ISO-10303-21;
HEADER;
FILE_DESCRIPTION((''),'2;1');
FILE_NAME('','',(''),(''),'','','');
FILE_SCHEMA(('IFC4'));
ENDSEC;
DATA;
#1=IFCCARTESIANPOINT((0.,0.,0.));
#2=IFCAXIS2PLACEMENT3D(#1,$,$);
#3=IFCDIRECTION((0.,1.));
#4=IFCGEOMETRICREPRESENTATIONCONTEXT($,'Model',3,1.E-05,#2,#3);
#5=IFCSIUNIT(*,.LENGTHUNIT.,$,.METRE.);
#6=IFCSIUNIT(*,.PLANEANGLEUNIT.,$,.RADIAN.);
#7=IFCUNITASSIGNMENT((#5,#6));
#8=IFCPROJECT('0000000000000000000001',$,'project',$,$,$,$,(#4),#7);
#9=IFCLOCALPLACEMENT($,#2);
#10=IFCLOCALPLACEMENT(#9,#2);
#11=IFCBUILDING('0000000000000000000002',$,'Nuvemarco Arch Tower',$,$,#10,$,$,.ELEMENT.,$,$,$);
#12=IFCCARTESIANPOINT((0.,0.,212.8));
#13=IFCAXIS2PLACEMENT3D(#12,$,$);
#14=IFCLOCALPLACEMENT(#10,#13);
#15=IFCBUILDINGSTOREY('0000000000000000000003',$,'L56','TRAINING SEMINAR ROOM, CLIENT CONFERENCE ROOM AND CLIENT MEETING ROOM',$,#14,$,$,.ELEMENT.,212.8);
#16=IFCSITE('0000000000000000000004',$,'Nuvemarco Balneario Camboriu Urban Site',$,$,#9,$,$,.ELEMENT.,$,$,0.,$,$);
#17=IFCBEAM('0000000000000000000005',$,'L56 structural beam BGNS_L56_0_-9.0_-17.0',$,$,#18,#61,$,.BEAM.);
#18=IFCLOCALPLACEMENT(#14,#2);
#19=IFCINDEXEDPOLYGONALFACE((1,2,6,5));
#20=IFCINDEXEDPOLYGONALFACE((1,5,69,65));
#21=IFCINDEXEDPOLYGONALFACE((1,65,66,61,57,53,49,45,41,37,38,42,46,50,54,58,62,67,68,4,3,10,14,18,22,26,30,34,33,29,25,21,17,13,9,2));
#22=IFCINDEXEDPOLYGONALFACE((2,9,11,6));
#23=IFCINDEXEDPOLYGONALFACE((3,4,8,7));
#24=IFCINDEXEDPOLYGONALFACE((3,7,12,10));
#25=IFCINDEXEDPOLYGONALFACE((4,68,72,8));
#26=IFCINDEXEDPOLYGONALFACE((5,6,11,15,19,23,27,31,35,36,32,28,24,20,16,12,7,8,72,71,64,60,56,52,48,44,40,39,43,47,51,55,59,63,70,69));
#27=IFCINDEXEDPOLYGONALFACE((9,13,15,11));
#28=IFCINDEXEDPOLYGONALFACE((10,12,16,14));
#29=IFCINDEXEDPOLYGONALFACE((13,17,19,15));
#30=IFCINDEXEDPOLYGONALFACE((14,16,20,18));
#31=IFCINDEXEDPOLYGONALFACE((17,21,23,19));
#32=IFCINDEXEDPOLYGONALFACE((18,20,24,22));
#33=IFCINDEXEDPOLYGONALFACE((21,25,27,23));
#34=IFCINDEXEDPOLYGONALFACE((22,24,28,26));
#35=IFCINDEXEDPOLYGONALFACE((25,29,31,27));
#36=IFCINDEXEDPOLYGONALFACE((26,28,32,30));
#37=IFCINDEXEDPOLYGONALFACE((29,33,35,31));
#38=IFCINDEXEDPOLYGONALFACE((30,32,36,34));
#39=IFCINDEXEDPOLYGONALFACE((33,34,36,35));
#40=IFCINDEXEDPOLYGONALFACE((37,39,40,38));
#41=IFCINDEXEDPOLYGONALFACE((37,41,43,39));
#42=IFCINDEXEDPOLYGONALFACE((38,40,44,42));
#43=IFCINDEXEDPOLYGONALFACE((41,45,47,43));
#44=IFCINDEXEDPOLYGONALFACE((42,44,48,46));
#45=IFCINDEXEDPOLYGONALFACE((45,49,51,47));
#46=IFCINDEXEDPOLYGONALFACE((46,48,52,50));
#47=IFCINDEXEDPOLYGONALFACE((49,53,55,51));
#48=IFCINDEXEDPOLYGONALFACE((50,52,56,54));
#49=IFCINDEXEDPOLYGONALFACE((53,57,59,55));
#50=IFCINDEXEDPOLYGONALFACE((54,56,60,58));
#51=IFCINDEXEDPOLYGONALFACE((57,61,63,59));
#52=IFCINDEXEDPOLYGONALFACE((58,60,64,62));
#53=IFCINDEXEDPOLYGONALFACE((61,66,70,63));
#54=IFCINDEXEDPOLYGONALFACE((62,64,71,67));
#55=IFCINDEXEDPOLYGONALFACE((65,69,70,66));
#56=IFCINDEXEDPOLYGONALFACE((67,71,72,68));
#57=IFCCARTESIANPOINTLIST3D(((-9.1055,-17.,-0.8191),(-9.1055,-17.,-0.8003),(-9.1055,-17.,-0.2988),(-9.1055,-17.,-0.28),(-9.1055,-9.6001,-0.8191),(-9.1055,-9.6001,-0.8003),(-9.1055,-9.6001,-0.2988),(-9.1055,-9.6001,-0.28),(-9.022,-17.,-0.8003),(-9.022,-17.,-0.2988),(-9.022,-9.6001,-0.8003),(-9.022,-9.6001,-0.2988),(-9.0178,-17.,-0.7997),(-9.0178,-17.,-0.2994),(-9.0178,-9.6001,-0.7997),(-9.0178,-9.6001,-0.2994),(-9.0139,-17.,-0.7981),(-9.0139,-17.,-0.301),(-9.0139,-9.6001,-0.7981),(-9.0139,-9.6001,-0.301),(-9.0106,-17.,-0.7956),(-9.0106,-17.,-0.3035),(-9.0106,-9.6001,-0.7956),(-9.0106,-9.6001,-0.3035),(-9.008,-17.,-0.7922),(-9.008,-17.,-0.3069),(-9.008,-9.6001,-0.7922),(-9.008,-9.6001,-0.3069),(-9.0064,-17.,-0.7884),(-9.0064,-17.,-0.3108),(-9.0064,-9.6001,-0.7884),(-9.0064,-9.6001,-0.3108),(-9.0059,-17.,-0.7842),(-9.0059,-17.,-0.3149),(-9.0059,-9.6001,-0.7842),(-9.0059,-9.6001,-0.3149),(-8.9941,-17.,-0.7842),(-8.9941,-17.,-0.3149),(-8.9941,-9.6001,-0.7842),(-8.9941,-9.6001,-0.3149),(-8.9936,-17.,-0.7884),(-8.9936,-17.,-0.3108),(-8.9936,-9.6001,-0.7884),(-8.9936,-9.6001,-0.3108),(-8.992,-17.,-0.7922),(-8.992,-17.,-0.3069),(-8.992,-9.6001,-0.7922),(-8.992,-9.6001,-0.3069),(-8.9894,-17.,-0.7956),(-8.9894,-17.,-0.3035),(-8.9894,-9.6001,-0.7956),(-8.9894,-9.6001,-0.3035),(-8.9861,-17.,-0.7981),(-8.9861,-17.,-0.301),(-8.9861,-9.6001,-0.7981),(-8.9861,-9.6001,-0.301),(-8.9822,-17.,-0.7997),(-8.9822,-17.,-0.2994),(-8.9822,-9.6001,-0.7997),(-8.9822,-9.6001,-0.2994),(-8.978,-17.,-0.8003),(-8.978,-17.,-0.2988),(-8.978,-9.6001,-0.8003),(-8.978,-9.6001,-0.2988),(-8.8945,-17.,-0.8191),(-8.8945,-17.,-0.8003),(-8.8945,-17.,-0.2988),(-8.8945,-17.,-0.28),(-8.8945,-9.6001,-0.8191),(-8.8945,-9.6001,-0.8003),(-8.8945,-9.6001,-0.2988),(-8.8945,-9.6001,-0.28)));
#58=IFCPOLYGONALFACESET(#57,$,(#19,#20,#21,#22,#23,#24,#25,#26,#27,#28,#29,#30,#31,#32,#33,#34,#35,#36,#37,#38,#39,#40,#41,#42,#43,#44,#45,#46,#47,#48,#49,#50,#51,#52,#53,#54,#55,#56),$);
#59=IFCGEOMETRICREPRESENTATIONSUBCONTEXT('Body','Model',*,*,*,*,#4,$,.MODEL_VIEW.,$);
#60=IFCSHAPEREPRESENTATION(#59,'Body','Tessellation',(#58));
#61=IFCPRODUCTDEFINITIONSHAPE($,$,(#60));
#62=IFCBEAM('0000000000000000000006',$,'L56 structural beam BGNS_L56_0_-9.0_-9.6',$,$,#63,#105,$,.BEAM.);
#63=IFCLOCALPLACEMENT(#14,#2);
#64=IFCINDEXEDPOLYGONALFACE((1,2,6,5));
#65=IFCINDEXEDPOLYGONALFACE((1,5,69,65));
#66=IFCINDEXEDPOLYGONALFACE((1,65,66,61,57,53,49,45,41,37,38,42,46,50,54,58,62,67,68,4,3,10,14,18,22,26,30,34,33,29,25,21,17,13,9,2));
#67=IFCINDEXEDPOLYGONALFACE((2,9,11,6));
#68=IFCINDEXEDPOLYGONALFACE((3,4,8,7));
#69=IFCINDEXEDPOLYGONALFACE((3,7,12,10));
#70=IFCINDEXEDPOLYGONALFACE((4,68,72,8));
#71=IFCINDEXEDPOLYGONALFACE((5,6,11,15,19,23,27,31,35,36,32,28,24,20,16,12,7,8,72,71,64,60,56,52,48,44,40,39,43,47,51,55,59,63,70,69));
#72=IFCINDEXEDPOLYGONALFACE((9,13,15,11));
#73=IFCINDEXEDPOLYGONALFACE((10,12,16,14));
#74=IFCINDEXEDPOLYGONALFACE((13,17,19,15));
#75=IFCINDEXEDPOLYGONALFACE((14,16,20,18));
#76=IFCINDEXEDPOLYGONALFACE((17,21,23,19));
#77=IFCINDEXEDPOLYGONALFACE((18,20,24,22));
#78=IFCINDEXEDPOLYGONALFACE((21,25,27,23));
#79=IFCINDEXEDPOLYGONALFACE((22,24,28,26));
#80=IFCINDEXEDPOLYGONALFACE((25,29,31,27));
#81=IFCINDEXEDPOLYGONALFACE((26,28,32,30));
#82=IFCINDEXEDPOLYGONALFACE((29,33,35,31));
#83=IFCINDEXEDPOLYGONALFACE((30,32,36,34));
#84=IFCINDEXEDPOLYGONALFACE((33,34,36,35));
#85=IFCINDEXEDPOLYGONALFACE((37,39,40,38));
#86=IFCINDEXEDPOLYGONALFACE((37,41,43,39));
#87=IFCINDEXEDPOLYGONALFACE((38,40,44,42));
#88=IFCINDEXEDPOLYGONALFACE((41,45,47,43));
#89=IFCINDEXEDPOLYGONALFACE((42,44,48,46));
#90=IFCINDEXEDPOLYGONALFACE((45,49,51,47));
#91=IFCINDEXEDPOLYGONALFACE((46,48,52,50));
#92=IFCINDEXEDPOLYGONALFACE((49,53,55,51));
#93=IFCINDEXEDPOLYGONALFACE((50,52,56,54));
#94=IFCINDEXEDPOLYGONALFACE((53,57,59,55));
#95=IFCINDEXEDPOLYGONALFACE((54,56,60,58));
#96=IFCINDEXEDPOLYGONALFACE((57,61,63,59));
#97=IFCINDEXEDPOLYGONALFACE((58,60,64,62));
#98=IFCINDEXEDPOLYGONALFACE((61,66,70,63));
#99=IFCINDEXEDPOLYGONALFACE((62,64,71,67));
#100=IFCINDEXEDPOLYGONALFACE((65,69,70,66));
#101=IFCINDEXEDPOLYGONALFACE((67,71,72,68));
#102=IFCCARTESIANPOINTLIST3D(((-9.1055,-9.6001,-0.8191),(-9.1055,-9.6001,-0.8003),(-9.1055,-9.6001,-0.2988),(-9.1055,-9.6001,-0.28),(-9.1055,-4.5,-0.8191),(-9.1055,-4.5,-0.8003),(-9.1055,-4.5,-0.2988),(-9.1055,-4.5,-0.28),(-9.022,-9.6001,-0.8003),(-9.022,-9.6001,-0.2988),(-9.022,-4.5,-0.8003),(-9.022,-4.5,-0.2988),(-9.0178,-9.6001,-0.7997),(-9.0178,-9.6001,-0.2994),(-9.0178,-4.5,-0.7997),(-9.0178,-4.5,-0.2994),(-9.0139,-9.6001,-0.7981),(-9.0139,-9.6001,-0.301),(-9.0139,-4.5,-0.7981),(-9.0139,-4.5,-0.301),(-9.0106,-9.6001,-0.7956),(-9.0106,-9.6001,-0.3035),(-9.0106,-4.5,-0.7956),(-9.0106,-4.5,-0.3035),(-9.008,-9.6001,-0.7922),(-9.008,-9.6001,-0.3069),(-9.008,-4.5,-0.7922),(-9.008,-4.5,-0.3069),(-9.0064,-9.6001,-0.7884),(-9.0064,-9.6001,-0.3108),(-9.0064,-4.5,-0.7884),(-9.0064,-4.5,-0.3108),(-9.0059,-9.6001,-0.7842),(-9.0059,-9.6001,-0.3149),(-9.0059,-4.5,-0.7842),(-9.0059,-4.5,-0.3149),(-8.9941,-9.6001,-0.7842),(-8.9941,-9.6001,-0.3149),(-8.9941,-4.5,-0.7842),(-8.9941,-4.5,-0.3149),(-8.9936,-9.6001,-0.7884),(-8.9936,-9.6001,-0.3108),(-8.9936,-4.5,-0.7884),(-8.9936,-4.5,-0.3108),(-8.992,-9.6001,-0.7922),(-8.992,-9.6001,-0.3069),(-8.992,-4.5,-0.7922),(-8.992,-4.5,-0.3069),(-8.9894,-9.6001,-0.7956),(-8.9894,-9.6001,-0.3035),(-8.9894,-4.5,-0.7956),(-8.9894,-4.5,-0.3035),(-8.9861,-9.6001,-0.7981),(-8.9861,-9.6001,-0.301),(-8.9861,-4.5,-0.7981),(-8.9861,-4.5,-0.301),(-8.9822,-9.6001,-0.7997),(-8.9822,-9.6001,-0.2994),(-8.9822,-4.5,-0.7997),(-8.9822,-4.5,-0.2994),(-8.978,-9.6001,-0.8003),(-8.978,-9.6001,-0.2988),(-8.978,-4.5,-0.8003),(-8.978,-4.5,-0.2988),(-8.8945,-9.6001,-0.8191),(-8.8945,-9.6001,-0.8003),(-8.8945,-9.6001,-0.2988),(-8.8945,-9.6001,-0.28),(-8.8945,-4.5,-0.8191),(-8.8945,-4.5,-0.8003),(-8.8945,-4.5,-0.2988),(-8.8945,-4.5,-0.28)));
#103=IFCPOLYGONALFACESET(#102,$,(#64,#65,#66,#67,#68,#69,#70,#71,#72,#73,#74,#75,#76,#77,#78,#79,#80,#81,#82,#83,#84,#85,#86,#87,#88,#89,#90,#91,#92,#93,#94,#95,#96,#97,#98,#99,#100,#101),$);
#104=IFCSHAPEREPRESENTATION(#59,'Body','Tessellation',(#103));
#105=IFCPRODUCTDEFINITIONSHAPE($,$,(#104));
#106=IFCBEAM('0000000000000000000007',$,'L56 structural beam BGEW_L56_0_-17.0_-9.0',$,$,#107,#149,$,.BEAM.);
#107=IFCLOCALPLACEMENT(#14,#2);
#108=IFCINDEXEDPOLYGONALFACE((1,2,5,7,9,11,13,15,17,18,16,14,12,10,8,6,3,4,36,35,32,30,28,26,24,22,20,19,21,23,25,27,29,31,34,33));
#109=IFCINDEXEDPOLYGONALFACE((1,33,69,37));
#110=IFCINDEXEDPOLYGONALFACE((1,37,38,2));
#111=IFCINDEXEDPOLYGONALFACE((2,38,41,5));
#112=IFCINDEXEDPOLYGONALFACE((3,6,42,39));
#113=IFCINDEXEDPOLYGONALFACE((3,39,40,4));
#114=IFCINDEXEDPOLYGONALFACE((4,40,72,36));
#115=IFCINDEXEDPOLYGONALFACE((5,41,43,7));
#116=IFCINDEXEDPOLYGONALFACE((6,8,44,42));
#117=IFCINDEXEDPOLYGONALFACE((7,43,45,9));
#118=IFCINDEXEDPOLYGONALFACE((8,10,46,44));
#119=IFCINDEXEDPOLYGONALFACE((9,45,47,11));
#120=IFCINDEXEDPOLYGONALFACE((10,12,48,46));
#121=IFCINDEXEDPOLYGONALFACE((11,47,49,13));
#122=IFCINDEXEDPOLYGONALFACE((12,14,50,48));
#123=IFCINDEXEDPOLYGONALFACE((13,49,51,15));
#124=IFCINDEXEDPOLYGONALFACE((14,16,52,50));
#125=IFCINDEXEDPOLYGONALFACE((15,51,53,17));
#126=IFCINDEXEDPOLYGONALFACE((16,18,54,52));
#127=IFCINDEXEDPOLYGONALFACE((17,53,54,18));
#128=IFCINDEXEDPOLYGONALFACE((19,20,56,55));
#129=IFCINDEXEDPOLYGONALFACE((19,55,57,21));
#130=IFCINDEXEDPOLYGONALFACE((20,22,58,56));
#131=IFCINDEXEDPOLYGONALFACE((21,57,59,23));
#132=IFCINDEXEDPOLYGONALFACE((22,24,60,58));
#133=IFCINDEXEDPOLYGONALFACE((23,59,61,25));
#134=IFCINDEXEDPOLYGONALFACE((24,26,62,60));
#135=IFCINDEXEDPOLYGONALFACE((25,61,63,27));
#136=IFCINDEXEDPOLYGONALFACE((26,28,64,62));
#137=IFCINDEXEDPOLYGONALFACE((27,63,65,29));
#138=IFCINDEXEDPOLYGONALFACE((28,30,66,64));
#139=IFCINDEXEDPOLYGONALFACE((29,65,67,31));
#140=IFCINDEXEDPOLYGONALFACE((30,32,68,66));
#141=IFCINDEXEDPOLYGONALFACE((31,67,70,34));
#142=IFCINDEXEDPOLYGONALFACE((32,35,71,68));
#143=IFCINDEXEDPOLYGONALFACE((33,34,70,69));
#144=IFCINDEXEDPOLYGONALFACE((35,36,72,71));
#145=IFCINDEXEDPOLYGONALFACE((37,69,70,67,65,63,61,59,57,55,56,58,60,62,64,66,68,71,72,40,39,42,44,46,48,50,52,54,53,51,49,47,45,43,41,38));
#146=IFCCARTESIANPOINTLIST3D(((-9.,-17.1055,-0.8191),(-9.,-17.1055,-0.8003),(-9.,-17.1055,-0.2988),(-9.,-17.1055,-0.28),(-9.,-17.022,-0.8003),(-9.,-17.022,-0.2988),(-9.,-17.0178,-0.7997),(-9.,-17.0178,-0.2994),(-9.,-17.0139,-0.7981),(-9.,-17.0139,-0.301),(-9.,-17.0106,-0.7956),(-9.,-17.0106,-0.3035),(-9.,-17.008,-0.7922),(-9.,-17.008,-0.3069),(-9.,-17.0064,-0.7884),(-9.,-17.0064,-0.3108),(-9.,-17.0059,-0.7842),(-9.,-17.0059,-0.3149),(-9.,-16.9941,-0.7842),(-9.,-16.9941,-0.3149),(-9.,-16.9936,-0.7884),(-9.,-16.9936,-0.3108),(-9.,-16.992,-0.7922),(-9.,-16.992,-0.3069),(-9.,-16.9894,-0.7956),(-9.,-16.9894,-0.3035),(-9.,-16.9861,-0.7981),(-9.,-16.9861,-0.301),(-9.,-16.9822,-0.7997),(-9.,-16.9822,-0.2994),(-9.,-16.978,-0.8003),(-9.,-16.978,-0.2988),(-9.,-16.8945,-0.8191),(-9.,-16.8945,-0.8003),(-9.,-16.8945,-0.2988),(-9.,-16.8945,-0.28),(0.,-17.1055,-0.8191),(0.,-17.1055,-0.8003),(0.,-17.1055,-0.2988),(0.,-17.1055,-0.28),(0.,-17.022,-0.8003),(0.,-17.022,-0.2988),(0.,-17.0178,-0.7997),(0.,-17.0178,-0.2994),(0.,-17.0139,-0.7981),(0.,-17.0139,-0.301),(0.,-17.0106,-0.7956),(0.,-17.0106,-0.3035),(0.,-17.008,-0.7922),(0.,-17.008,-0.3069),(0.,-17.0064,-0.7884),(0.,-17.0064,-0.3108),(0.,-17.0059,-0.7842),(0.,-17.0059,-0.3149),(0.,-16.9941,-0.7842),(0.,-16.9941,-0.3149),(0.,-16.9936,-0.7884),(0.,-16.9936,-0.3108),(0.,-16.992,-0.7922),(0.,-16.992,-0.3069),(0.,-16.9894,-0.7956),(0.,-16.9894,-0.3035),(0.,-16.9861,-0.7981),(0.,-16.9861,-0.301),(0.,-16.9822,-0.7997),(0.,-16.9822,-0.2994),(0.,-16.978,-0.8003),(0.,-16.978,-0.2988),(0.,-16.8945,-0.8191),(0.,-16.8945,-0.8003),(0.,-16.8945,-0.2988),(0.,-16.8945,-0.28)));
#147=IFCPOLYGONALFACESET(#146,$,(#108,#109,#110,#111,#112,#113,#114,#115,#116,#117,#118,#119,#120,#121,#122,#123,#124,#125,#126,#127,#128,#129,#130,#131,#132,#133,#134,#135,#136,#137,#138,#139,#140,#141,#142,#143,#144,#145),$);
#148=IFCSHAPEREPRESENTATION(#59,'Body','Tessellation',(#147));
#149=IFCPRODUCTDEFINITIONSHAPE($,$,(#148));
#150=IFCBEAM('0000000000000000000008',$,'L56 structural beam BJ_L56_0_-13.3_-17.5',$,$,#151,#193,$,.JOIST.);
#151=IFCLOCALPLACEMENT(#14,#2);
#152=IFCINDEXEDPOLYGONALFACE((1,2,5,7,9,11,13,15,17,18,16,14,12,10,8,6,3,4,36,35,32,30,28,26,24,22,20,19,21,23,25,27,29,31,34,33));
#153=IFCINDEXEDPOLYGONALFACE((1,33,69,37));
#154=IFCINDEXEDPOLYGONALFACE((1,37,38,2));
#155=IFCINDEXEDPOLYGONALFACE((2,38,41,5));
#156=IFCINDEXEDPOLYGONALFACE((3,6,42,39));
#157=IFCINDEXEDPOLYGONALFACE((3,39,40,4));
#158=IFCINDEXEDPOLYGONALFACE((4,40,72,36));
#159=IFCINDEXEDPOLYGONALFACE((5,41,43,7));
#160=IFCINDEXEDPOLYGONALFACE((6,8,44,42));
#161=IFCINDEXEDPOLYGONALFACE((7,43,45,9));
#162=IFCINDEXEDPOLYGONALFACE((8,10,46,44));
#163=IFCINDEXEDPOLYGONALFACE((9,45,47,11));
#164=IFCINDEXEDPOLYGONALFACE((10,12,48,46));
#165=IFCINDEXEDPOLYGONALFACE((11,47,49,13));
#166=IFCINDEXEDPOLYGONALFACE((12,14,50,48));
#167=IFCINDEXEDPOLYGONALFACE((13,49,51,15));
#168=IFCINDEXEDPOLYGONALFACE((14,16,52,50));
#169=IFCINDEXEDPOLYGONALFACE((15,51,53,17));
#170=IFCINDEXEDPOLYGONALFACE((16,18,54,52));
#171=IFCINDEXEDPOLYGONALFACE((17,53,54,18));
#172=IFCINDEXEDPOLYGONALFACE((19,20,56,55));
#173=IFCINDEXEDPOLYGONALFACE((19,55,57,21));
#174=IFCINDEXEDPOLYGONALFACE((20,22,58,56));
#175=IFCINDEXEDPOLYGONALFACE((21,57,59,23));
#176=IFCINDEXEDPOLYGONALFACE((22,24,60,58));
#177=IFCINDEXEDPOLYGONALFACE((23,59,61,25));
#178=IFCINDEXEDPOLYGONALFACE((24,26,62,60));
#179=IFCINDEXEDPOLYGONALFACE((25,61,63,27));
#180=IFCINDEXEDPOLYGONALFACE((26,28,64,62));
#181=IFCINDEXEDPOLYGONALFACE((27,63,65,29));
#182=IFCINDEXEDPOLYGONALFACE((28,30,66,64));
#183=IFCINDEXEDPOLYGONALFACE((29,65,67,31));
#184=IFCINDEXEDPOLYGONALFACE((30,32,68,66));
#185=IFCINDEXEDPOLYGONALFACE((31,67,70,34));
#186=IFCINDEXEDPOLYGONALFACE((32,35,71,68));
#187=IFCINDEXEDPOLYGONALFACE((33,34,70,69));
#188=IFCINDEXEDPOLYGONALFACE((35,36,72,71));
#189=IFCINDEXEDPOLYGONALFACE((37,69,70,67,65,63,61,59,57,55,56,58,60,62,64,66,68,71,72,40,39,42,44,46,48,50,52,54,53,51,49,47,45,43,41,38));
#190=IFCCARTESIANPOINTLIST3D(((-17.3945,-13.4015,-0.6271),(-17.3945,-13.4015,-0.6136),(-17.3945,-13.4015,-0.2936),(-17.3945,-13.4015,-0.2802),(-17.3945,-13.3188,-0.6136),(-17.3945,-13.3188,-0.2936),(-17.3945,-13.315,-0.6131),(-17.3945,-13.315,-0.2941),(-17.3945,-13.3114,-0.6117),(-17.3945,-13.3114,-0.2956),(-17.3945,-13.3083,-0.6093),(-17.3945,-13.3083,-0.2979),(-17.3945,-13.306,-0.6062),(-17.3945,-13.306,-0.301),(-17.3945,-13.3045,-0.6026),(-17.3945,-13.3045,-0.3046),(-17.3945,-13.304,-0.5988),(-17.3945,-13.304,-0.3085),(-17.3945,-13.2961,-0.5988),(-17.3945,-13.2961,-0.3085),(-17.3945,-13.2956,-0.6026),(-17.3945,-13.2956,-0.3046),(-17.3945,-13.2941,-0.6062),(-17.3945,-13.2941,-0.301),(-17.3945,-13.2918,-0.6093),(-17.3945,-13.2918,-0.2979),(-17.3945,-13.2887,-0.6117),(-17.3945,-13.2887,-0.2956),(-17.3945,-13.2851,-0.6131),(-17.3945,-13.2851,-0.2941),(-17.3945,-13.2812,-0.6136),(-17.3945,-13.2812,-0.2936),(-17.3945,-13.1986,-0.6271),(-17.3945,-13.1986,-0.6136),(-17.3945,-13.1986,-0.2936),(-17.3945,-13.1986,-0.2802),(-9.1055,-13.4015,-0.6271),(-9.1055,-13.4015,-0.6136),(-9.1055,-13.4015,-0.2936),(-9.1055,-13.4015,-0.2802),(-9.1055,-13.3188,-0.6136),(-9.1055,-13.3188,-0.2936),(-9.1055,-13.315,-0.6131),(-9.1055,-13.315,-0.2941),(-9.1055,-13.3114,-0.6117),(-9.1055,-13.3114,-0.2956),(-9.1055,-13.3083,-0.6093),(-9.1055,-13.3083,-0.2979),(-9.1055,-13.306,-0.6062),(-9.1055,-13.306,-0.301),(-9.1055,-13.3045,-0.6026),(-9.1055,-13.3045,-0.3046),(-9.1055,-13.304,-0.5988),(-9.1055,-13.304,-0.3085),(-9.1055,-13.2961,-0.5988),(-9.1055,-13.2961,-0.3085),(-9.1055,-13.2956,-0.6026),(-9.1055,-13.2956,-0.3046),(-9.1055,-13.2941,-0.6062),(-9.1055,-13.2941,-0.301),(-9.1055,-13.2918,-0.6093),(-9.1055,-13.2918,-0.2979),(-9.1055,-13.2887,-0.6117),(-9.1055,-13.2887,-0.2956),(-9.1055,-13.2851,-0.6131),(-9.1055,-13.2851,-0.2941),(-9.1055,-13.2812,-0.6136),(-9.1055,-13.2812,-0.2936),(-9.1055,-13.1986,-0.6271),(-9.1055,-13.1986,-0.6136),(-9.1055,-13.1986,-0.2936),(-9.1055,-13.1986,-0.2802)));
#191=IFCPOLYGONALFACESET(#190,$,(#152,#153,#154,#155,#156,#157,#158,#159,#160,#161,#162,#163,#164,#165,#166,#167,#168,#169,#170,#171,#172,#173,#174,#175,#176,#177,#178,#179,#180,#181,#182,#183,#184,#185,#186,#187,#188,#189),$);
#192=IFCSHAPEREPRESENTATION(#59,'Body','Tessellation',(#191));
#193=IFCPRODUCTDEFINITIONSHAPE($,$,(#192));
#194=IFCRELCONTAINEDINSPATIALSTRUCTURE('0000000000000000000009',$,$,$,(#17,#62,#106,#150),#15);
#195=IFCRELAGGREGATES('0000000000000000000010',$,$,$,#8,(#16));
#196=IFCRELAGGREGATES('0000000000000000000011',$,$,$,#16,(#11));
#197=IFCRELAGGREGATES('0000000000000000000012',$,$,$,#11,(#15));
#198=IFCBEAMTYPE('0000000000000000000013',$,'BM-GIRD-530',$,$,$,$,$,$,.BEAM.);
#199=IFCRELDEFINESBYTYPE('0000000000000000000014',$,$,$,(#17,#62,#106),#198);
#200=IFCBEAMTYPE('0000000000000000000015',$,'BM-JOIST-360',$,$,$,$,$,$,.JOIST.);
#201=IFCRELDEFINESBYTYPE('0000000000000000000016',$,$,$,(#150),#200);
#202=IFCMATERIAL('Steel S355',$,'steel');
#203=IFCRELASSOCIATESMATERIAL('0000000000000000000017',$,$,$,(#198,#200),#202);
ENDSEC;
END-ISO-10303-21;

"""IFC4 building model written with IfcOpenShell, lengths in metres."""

from ifc_helpers import new_model, si_unit, direction, frame, origin, origin_2d, place, context, subcontext, project, spatial, i_section, extrude, material, material_profile, profile_set, type_object, element, save


model = new_model("IFC4")

# Units and contexts
model_context = context("Model", 3, precision=1e-05, world=origin(), true_north=direction((0.0, 1.0)))
body_context = subcontext(model_context, "Body", "Model", "MODEL_VIEW")
ifc_project = project(units=[si_unit("LENGTHUNIT", "METRE"), si_unit("PLANEANGLEUNIT", "RADIAN")], contexts=[model_context])

# Site, building, storey
site_placement = place(None, origin())
site = spatial("IfcSite", under=ifc_project, at=site_placement, Name="Nuvemarco Balneario Camboriu Urban Site", CompositionType="ELEMENT", RefElevation=0.0)
building_placement = place(site_placement, origin())
building = spatial("IfcBuilding", under=site, at=building_placement, Name="Nuvemarco Arch Tower", CompositionType="ELEMENT")
storey_placement = place(building_placement, frame((0.0, 0.0, 212.8)))
storey = spatial("IfcBuildingStorey", under=building, at=storey_placement, Name="L56", Description="TRAINING SEMINAR ROOM, CLIENT CONFERENCE ROOM AND CLIENT MEETING ROOM", CompositionType="ELEMENT", Elevation=212.8)

# Shared definitions
ifc_material_1 = material(Name="Steel S355", Category="steel")

# Beams
ifc_material_profile_1 = material_profile(ifc_material_1, i_section(OverallWidth=0.2109, OverallDepth=0.5391, WebThickness=0.0117, FlangeThickness=0.0188, FilletRadius=0.0161, at=origin_2d()), Name="W530x109")
ifc_profile_set_1 = profile_set([ifc_material_profile_1], Name="Steel S355")
beam_type_1 = type_object("IfcBeamType", Name="BM-GIRD-530", PredefinedType="BEAM", material=ifc_profile_set_1)
beam_1_placement = place(storey_placement, frame((-9.0, -17.0, -0.5496), z_axis=(0.0, 1.0, 0.0), x_axis=(-1.0, 0.0, 0.0)))
element("IfcBeam", 1, at=beam_1_placement, inside=storey, type_object=beam_type_1, Name="L56 structural beam BGNS_L56_0_-9.0_-17.0", PredefinedType="BEAM", context=body_context, shape_type="SweptSolid", body=[
    extrude(i_section(OverallWidth=0.2109, OverallDepth=0.5391, WebThickness=0.0117, FlangeThickness=0.0188, FilletRadius=0.0161, at=origin_2d()), origin(), (0.0, 0.0, 1.0), 7.3999),
])
beam_2_placement = place(storey_placement, frame((-9.0, -9.6001, -0.5496), z_axis=(0.0, 1.0, 0.0), x_axis=(-1.0, 0.0, 0.0)))
element("IfcBeam", 2, at=beam_2_placement, inside=storey, type_object=beam_type_1, Name="L56 structural beam BGNS_L56_0_-9.0_-9.6", PredefinedType="BEAM", context=body_context, shape_type="SweptSolid", body=[
    extrude(i_section(OverallWidth=0.2109, OverallDepth=0.5391, WebThickness=0.0117, FlangeThickness=0.0188, FilletRadius=0.0161, at=origin_2d()), origin(), (0.0, 0.0, 1.0), 5.1001),
])
beam_3_placement = place(storey_placement, frame((-9.0, -17.0, -0.5496), z_axis=(1.0, 0.0, 0.0), x_axis=(0.0, 1.0, 0.0)))
element("IfcBeam", 3, at=beam_3_placement, inside=storey, type_object=beam_type_1, Name="L56 structural beam BGEW_L56_0_-17.0_-9.0", PredefinedType="BEAM", context=body_context, shape_type="SweptSolid", body=[
    extrude(i_section(OverallWidth=0.2109, OverallDepth=0.5391, WebThickness=0.0117, FlangeThickness=0.0188, FilletRadius=0.0161, at=origin_2d()), origin(), (0.0, 0.0, 1.0), 9.0),
])
ifc_material_profile_2 = material_profile(ifc_material_1, i_section(OverallWidth=0.2029, OverallDepth=0.3469, WebThickness=0.0078, FlangeThickness=0.0134, FilletRadius=0.0149, at=origin_2d()), Name="W360x64")
ifc_profile_set_2 = profile_set([ifc_material_profile_2], Name="Steel S355")
beam_type_2 = type_object("IfcBeamType", Name="BM-JOIST-360", PredefinedType="JOIST", material=ifc_profile_set_2)
beam_4_placement = place(storey_placement, frame((-17.3945, -13.3, -0.4536), z_axis=(1.0, 0.0, 0.0), x_axis=(0.0, 1.0, 0.0)))
element("IfcBeam", 4, at=beam_4_placement, inside=storey, type_object=beam_type_2, Name="L56 structural beam BJ_L56_0_-13.3_-17.5", PredefinedType="JOIST", context=body_context, shape_type="SweptSolid", body=[
    extrude(i_section(OverallWidth=0.2029, OverallDepth=0.3469, WebThickness=0.0078, FlangeThickness=0.0134, FilletRadius=0.0149, at=origin_2d()), origin(), (0.0, 0.0, 1.0), 8.2891),
])

save(model, "model.ifc")
